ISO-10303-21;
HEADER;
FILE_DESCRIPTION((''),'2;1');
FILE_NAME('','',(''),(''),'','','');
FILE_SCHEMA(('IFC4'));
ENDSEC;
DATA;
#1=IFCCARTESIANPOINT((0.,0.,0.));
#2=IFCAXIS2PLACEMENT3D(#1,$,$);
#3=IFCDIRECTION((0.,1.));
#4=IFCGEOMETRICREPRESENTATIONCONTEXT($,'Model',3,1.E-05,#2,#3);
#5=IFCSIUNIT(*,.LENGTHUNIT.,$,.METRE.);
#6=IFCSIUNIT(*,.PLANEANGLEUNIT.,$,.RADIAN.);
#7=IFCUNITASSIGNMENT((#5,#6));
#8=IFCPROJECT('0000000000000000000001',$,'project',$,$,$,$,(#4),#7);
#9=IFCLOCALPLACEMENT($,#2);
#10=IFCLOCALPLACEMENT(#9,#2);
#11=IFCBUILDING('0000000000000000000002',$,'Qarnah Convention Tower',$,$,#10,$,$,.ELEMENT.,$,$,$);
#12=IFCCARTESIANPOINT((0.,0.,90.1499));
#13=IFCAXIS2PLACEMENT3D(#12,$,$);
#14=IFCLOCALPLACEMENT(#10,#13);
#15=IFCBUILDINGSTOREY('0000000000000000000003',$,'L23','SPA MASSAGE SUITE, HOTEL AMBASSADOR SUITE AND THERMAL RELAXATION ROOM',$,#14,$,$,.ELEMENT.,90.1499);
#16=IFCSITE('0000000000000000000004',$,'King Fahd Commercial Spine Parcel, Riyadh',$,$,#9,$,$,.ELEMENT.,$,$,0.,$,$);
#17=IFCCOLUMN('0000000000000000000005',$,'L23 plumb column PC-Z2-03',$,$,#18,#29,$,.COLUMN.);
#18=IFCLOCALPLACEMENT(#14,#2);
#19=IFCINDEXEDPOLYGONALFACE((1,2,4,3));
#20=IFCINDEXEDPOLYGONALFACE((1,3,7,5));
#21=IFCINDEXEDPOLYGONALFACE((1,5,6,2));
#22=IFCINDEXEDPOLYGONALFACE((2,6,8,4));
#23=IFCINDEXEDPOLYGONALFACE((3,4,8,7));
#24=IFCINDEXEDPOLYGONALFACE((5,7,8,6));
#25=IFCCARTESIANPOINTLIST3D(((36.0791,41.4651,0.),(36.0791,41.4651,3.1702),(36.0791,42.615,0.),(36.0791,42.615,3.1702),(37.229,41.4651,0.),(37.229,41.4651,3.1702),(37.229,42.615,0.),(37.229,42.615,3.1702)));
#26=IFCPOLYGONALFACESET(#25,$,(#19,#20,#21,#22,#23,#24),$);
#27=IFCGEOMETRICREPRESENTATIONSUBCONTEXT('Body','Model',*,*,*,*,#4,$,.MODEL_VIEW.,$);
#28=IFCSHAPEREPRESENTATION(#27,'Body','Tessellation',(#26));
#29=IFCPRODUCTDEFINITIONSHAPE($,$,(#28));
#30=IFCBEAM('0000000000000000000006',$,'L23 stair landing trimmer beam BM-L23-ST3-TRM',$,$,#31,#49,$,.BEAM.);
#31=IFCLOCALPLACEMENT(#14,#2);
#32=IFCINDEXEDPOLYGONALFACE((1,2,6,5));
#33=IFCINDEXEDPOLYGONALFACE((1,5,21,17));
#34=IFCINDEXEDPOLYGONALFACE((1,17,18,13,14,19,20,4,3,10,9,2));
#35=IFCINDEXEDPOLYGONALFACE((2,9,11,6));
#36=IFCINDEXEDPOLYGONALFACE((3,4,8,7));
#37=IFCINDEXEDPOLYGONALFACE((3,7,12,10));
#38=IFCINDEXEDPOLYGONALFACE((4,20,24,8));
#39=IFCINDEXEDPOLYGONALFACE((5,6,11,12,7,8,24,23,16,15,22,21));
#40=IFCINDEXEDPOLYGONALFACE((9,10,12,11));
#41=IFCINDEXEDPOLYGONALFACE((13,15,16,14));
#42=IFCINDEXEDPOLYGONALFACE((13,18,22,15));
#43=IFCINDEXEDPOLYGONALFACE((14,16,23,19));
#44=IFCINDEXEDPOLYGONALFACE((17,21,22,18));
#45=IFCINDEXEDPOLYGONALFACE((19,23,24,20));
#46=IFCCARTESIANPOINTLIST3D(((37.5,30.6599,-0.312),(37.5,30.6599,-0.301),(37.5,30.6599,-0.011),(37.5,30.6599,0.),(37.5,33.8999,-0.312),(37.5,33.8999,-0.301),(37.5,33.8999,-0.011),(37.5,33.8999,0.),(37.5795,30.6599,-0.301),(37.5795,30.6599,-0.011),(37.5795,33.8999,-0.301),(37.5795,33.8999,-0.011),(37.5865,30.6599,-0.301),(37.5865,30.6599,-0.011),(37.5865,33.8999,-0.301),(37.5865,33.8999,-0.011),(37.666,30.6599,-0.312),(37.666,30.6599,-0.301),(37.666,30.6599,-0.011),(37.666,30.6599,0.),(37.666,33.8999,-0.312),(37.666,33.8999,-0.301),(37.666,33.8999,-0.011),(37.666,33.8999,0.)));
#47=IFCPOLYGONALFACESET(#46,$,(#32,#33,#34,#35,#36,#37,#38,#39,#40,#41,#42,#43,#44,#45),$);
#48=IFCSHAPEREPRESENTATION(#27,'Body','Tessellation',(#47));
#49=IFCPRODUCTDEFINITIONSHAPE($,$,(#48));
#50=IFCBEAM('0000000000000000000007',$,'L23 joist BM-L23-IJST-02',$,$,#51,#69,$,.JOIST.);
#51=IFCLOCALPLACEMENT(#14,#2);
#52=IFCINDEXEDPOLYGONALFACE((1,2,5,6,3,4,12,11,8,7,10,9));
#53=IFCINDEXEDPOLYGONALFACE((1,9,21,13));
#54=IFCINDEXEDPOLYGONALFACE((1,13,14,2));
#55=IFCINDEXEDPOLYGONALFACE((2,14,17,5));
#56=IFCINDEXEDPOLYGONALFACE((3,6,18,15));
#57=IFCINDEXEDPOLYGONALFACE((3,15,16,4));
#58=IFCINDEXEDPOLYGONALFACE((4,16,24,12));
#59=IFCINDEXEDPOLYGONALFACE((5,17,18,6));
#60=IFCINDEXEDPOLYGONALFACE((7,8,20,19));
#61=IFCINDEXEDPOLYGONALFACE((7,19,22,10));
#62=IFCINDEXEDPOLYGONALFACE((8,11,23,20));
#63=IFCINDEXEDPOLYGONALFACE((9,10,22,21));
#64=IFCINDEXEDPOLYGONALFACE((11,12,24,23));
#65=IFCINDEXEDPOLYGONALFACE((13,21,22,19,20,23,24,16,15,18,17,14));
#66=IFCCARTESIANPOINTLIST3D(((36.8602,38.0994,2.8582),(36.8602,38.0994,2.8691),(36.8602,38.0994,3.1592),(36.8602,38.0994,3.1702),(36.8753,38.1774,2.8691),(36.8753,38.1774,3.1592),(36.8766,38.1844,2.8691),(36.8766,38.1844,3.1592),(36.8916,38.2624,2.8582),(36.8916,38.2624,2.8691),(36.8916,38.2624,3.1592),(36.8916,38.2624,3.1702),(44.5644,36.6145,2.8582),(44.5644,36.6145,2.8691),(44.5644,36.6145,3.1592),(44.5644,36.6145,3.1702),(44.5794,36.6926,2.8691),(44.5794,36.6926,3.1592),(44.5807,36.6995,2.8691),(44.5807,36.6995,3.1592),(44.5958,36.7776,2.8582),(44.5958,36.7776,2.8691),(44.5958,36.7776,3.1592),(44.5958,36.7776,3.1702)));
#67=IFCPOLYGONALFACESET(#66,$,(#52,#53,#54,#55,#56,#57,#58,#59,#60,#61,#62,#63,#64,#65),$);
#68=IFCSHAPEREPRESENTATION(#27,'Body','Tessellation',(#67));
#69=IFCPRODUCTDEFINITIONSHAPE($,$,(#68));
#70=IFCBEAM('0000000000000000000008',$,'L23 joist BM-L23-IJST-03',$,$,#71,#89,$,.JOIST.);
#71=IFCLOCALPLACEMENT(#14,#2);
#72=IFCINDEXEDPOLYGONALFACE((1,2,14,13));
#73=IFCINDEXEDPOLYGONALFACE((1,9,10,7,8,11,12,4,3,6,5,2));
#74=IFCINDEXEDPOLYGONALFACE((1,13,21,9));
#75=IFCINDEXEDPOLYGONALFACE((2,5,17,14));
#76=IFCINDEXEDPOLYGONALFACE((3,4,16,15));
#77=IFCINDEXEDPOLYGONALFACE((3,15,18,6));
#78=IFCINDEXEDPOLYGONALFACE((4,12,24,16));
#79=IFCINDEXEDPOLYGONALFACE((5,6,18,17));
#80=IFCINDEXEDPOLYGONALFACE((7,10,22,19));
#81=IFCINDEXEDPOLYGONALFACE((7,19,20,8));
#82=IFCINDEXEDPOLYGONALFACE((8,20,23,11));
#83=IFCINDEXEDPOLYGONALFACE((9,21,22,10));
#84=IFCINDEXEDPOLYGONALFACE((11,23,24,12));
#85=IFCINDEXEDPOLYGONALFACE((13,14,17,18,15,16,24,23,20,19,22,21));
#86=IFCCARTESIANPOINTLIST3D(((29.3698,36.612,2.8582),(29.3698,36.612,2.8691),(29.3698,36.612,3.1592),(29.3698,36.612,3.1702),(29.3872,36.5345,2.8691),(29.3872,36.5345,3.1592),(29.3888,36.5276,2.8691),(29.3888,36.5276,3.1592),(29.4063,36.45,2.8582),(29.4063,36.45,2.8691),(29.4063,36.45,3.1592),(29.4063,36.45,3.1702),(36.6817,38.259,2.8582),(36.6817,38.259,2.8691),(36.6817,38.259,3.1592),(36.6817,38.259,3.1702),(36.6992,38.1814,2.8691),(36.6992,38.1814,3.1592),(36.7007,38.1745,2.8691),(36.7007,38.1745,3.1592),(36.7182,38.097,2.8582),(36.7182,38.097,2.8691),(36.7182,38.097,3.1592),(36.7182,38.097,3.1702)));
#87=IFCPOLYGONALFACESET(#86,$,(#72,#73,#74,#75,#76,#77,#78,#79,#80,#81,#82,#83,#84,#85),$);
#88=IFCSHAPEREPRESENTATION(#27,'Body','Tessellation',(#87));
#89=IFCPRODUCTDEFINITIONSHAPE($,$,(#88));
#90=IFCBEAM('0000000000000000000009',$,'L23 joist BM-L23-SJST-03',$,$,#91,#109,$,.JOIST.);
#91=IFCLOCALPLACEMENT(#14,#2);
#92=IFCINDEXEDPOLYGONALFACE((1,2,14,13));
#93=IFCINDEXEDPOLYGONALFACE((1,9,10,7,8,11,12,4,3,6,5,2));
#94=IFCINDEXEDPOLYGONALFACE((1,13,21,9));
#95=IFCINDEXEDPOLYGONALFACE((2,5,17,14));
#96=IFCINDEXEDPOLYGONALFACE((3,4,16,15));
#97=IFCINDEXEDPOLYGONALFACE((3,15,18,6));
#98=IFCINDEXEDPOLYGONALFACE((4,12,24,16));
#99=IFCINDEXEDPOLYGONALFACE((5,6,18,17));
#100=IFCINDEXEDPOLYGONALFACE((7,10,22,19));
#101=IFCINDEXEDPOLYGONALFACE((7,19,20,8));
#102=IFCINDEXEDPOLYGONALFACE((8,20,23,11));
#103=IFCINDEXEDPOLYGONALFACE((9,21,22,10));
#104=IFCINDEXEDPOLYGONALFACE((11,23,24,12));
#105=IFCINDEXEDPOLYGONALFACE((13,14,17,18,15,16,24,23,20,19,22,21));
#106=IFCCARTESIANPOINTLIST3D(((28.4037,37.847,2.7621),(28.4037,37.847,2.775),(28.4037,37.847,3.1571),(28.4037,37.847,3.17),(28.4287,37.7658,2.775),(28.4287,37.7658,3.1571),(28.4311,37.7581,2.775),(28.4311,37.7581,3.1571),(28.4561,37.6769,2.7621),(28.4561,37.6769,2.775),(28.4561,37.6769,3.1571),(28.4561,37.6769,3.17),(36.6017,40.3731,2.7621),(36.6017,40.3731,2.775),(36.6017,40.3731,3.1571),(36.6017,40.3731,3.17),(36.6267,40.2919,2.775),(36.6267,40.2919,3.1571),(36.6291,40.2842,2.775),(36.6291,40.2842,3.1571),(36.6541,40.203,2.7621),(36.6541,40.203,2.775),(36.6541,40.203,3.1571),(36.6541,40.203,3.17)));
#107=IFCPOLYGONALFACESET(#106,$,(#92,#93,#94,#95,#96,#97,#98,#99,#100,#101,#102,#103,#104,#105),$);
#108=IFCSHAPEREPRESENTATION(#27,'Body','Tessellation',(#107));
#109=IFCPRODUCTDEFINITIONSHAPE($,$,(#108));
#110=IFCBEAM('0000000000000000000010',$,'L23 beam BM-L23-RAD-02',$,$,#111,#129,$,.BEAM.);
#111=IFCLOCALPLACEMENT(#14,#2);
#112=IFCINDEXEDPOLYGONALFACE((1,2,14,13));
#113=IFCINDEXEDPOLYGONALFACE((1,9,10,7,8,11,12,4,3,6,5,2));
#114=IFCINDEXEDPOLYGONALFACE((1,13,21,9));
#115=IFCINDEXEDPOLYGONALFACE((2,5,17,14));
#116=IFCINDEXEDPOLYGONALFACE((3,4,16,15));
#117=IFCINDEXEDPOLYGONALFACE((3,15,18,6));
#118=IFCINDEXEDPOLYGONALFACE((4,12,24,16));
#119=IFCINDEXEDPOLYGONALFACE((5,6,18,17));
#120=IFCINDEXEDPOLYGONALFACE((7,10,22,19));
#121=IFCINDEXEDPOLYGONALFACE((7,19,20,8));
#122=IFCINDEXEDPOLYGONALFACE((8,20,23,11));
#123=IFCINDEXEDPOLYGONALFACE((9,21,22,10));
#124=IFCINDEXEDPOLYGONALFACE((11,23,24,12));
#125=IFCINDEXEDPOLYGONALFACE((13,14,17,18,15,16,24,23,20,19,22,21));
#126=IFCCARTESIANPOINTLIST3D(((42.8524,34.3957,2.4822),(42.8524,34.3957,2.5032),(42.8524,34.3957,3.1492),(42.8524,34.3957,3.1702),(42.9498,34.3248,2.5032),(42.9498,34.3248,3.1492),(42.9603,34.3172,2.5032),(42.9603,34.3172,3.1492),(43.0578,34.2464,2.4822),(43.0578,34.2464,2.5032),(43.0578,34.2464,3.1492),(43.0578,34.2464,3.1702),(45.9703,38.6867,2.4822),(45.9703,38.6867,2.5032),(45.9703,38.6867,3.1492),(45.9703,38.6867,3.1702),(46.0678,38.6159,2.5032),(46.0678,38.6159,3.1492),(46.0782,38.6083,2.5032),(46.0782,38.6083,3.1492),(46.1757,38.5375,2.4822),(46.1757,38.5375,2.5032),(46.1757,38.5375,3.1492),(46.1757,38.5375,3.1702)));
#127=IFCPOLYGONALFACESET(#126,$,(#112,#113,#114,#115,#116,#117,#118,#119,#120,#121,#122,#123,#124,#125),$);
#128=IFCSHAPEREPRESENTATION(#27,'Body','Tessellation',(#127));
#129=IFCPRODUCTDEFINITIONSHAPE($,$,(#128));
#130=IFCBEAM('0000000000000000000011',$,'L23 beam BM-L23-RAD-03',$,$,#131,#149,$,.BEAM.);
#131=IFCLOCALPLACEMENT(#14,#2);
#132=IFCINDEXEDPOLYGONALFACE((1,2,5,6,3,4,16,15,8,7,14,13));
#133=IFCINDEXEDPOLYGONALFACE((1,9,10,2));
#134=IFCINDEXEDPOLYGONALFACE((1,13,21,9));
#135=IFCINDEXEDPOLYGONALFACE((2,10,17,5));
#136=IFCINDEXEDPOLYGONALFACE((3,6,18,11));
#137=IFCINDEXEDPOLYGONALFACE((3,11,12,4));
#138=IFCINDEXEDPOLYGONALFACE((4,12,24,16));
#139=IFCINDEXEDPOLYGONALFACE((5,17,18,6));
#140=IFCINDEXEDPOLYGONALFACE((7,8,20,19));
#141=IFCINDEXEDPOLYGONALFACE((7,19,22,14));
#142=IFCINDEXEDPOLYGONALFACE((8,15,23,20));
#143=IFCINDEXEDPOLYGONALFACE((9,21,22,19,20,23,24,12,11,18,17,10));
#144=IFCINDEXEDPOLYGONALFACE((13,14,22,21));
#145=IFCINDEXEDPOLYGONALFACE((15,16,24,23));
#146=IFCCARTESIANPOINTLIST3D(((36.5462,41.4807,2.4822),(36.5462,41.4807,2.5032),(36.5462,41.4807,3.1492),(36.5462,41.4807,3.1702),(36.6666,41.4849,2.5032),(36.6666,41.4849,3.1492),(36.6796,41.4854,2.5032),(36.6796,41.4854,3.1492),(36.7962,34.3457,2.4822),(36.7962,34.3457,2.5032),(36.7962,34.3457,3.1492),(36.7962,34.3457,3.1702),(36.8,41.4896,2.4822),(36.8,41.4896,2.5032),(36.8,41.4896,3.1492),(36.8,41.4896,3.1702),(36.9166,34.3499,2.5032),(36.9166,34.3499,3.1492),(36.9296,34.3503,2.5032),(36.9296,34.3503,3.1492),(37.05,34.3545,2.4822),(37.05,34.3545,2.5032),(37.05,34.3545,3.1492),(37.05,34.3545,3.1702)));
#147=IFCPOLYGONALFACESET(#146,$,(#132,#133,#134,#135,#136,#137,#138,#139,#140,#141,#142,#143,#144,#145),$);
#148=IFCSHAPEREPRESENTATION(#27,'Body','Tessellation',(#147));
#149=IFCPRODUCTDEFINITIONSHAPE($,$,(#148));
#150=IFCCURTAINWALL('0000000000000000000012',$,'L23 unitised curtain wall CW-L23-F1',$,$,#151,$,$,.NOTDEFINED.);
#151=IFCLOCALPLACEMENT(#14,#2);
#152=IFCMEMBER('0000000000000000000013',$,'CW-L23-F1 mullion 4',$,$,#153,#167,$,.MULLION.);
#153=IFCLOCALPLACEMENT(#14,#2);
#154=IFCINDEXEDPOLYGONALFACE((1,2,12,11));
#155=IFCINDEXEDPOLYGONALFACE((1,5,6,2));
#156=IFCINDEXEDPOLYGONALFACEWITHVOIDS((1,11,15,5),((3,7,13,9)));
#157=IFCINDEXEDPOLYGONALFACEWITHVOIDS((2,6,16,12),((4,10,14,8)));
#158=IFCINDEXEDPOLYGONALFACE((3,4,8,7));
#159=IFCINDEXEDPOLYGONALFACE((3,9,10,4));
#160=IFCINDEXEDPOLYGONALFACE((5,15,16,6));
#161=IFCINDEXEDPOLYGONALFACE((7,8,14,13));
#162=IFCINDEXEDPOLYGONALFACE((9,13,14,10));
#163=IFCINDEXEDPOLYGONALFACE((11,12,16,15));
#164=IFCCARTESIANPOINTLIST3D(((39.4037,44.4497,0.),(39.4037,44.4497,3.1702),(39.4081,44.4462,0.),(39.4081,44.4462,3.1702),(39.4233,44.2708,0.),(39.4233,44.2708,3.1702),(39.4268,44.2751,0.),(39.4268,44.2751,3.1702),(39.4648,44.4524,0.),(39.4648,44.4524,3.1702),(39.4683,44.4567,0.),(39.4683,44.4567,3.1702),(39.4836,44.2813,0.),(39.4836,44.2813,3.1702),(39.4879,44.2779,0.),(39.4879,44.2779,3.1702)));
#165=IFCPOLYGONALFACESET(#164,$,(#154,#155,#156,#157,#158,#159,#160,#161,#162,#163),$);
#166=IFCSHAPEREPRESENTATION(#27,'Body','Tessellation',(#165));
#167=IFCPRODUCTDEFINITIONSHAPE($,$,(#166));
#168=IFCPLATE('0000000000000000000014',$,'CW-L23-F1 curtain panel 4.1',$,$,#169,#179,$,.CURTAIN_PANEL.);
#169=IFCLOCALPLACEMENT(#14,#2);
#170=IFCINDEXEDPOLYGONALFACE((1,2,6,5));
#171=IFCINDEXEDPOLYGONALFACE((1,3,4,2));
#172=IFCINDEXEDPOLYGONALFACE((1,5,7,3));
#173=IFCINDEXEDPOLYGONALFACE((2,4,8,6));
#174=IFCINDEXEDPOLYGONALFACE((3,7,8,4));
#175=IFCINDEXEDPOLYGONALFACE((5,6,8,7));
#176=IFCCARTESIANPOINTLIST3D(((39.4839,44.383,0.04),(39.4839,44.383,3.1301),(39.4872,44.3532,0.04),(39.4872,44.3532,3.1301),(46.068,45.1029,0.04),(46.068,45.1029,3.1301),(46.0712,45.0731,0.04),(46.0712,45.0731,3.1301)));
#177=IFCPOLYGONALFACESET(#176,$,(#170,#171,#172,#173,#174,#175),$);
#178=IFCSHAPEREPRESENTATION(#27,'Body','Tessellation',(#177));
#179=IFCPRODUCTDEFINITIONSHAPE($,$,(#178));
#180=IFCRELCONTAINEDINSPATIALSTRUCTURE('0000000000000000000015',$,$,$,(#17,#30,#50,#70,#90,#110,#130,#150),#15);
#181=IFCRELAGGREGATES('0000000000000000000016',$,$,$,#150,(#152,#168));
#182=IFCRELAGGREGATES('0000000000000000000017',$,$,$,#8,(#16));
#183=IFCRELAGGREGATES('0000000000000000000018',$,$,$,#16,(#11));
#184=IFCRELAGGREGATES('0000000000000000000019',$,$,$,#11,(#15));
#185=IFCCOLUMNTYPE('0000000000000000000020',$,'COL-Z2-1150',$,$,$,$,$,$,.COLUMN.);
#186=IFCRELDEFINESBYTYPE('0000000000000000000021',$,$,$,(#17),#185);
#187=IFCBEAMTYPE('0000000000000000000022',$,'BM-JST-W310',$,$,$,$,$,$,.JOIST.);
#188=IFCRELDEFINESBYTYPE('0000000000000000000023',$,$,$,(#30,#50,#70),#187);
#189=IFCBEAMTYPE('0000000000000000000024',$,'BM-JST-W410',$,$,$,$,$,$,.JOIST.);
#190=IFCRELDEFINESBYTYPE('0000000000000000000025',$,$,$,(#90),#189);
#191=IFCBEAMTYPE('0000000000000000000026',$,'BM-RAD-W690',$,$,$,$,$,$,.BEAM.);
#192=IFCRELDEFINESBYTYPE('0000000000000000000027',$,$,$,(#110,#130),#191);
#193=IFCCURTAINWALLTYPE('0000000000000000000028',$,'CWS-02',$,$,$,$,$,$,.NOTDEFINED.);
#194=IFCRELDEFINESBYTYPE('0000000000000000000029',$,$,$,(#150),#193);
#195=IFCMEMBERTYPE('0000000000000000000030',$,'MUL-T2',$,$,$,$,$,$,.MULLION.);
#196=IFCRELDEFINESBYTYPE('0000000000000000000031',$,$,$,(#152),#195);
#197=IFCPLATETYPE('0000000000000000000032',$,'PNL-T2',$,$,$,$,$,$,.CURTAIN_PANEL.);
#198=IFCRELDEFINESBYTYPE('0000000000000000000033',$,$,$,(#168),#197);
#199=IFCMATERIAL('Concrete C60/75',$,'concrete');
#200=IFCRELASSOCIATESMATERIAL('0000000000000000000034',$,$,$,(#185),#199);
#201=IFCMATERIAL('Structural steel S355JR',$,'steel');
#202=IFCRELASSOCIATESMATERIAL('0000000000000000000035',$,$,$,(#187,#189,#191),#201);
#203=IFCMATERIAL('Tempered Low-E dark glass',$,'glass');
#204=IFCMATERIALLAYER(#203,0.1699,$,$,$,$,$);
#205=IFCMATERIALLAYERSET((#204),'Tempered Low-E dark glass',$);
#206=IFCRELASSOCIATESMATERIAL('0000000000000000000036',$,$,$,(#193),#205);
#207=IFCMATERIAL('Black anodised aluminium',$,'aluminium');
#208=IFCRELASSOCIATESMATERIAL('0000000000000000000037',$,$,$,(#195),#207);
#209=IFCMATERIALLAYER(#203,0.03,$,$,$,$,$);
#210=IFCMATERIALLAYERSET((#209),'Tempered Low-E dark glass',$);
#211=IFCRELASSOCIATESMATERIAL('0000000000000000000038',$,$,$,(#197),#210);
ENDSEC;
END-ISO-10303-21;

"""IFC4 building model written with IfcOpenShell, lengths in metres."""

from ifc_helpers import new_model, si_unit, direction, frame, origin, origin_2d, place, context, subcontext, project, spatial, rectangle, hollow_rectangle, i_section, extrude, material, layer, layer_set, material_profile, profile_set, type_object, element, aggregate, save


model = new_model("IFC4")

# Units and contexts
model_context = context("Model", 3, precision=1e-05, world=origin(), true_north=direction((0.0, 1.0)))
body_context = subcontext(model_context, "Body", "Model", "MODEL_VIEW")
ifc_project = project(units=[si_unit("LENGTHUNIT", "METRE"), si_unit("PLANEANGLEUNIT", "RADIAN")], contexts=[model_context])

# Site, building, storey
site_placement = place(None, origin())
site = spatial("IfcSite", under=ifc_project, at=site_placement, Name="King Fahd Commercial Spine Parcel, Riyadh", CompositionType="ELEMENT", RefElevation=0.0)
building_placement = place(site_placement, origin())
building = spatial("IfcBuilding", under=site, at=building_placement, Name="Qarnah Convention Tower", CompositionType="ELEMENT")
storey_placement = place(building_placement, frame((0.0, 0.0, 90.1499)))
storey = spatial("IfcBuildingStorey", under=building, at=storey_placement, Name="L23", Description="SPA MASSAGE SUITE, HOTEL AMBASSADOR SUITE AND THERMAL RELAXATION ROOM", CompositionType="ELEMENT", Elevation=90.1499)

# Column
ifc_material_1 = material(Name="Concrete C60/75", Category="concrete")
ifc_material_profile_1 = material_profile(ifc_material_1, rectangle(XDim=1.1499, YDim=1.1499, at=origin_2d()), Name="RC-COL-1150X1150")
ifc_profile_set_1 = profile_set([ifc_material_profile_1], Name="Concrete C60/75")
column_type = type_object("IfcColumnType", Name="COL-Z2-1150", PredefinedType="COLUMN", material=ifc_profile_set_1)
column_placement = place(storey_placement, frame((36.6541, 42.04, 0.0), z_axis=(0.0, 0.0, 1.0), x_axis=(1.0, 0.0, 0.0)))
element("IfcColumn", 1, at=column_placement, inside=storey, type_object=column_type, Name="L23 plumb column PC-Z2-03", PredefinedType="COLUMN", context=body_context, shape_type="SweptSolid", body=[
    extrude(rectangle(XDim=1.1499, YDim=1.1499, at=origin_2d()), origin(), (0.0, 0.0, 1.0), 3.1702),
])

# Beams
ifc_material_2 = material(Name="Structural steel S355JR", Category="steel")
ifc_material_profile_2 = material_profile(ifc_material_2, i_section(OverallWidth=0.166, OverallDepth=0.312, WebThickness=0.0071, FlangeThickness=0.011, at=origin_2d()), Name="W310X45")
ifc_profile_set_2 = profile_set([ifc_material_profile_2], Name="Structural steel S355JR")
beam_type_1 = type_object("IfcBeamType", Name="BM-JST-W310", PredefinedType="JOIST", material=ifc_profile_set_2)
beam_1_placement = place(storey_placement, frame((37.583, 30.6599, -0.156), z_axis=(0.0, 1.0, 0.0), x_axis=(-1.0, 0.0, 0.0)))
element("IfcBeam", 2, at=beam_1_placement, inside=storey, type_object=beam_type_1, Name="L23 stair landing trimmer beam BM-L23-ST3-TRM", PredefinedType="BEAM", context=body_context, shape_type="SweptSolid", body=[
    extrude(i_section(OverallWidth=0.166, OverallDepth=0.312, WebThickness=0.0071, FlangeThickness=0.011, at=origin_2d()), origin(), (0.0, 0.0, 1.0), 3.24),
])
beam_2_placement = place(storey_placement, frame((44.5801, 36.696, 3.0142), z_axis=(-0.981928, 0.189254, 0.0), x_axis=(-0.189254, -0.981928, 0.0)))
element("IfcBeam", 3, at=beam_2_placement, inside=storey, type_object=beam_type_1, Name="L23 joist BM-L23-IJST-02", PredefinedType="JOIST", context=body_context, shape_type="SweptSolid", body=[
    extrude(i_section(OverallWidth=0.166, OverallDepth=0.312, WebThickness=0.0071, FlangeThickness=0.011, at=origin_2d()), origin(), (0.0, 0.0, 1.0), 7.8459),
])
beam_3_placement = place(storey_placement, frame((36.7, 38.178, 3.0142), z_axis=(-0.975559, -0.219737, 0.0), x_axis=(0.219737, -0.975559, 0.0)))
element("IfcBeam", 4, at=beam_3_placement, inside=storey, type_object=beam_type_1, Name="L23 joist BM-L23-IJST-03", PredefinedType="JOIST", context=body_context, shape_type="SweptSolid", body=[
    extrude(i_section(OverallWidth=0.166, OverallDepth=0.312, WebThickness=0.0071, FlangeThickness=0.011, at=origin_2d()), origin(), (0.0, 0.0, 1.0), 7.4951),
])
ifc_material_profile_3 = material_profile(ifc_material_2, i_section(OverallWidth=0.178, OverallDepth=0.408, WebThickness=0.0081, FlangeThickness=0.0129, at=origin_2d()), Name="W410X60")
ifc_profile_set_3 = profile_set([ifc_material_profile_3], Name="Structural steel S355JR")
beam_type_2 = type_object("IfcBeamType", Name="BM-JST-W410", PredefinedType="JOIST", material=ifc_profile_set_3)
beam_4_placement = place(storey_placement, frame((36.6279, 40.2881, 2.9661), z_axis=(-0.955659, -0.294476, 0.0), x_axis=(0.294476, -0.955659, 0.0)))
element("IfcBeam", 5, at=beam_4_placement, inside=storey, type_object=beam_type_2, Name="L23 joist BM-L23-SJST-03", PredefinedType="JOIST", context=body_context, shape_type="SweptSolid", body=[
    extrude(i_section(OverallWidth=0.178, OverallDepth=0.408, WebThickness=0.0081, FlangeThickness=0.0129, at=origin_2d()), origin(), (0.0, 0.0, 1.0), 8.5784),
])
ifc_material_profile_4 = material_profile(ifc_material_2, i_section(OverallWidth=0.2539, OverallDepth=0.688, WebThickness=0.0129, FlangeThickness=0.021, at=origin_2d()), Name="W690X152")
ifc_profile_set_4 = profile_set([ifc_material_profile_4], Name="Structural steel S355JR")
beam_type_3 = type_object("IfcBeamType", Name="BM-RAD-W690", PredefinedType="BEAM", material=ifc_profile_set_4)
beam_5_placement = place(storey_placement, frame((42.9551, 34.321, 2.8262), z_axis=(0.587824, 0.808989, 0.0), x_axis=(-0.808989, 0.587824, 0.0)))
element("IfcBeam", 6, at=beam_5_placement, inside=storey, type_object=beam_type_3, Name="L23 beam BM-L23-RAD-02", PredefinedType="BEAM", context=body_context, shape_type="SweptSolid", body=[
    extrude(i_section(OverallWidth=0.2539, OverallDepth=0.688, WebThickness=0.0129, FlangeThickness=0.021, at=origin_2d()), origin(), (0.0, 0.0, 1.0), 5.3042),
])
beam_6_placement = place(storey_placement, frame((36.9231, 34.3501, 2.8262), z_axis=(-0.035017, 0.999387, 0.0), x_axis=(-0.999387, -0.035017, 0.0)))
element("IfcBeam", 7, at=beam_6_placement, inside=storey, type_object=beam_type_3, Name="L23 beam BM-L23-RAD-03", PredefinedType="BEAM", context=body_context, shape_type="SweptSolid", body=[
    extrude(i_section(OverallWidth=0.2539, OverallDepth=0.688, WebThickness=0.0129, FlangeThickness=0.021, at=origin_2d()), origin(), (0.0, 0.0, 1.0), 7.1394),
])

# Curtain wall, member, plate
ifc_material_3 = material(Name="Tempered Low-E dark glass", Category="glass")
ifc_layer_1 = layer(ifc_material_3, 0.1699)
ifc_layer_set_1 = layer_set([ifc_layer_1], Name="Tempered Low-E dark glass")
curtain_wall_type = type_object("IfcCurtainWallType", Name="CWS-02", PredefinedType="NOTDEFINED", material=ifc_layer_set_1)
curtain_wall_placement = place(storey_placement, origin())
curtain_wall = element("IfcCurtainWall", 8, at=curtain_wall_placement, inside=storey, type_object=curtain_wall_type, Name="L23 unitised curtain wall CW-L23-F1", PredefinedType="NOTDEFINED")
ifc_material_4 = material(Name="Black anodised aluminium", Category="aluminium")
ifc_material_profile_5 = material_profile(ifc_material_4, hollow_rectangle(XDim=0.0649, YDim=0.1799, WallThickness=0.0039, at=origin_2d()), Name="MUL-65X180")
ifc_profile_set_5 = profile_set([ifc_material_profile_5], Name="Black anodised aluminium")
member_type = type_object("IfcMemberType", Name="MUL-T2", PredefinedType="MULLION", material=ifc_profile_set_5)
member_placement = place(storey_placement, frame((39.4458, 44.3638, 0.0), z_axis=(0.0, 0.0, 1.0), x_axis=(0.994075, 0.108692, 0.0)))
member = element("IfcMember", 9, at=member_placement, type_object=member_type, Name="CW-L23-F1 mullion 4", PredefinedType="MULLION", context=body_context, shape_type="SweptSolid", body=[
    extrude(hollow_rectangle(XDim=0.0649, YDim=0.1799, WallThickness=0.0039, at=origin_2d()), origin(), (0.0, 0.0, 1.0), 3.1702),
])
ifc_layer_2 = layer(ifc_material_3, 0.03)
ifc_layer_set_2 = layer_set([ifc_layer_2], Name="Tempered Low-E dark glass")
plate_type = type_object("IfcPlateType", Name="PNL-T2", PredefinedType="CURTAIN_PANEL", material=ifc_layer_set_2)
plate_placement = place(storey_placement, frame((42.7776, 44.728, 0.04), z_axis=(0.0, 0.0, 1.0), x_axis=(0.994075, 0.108692, 0.0)))
plate = element("IfcPlate", 10, at=plate_placement, type_object=plate_type, Name="CW-L23-F1 curtain panel 4.1", PredefinedType="CURTAIN_PANEL", context=body_context, shape_type="SweptSolid", body=[
    extrude(rectangle(XDim=6.6233, YDim=0.03, at=origin_2d()), origin(), (0.0, 0.0, 1.0), 3.0901),
])
aggregate(curtain_wall, [member, plate])

save(model, "model.ifc")
